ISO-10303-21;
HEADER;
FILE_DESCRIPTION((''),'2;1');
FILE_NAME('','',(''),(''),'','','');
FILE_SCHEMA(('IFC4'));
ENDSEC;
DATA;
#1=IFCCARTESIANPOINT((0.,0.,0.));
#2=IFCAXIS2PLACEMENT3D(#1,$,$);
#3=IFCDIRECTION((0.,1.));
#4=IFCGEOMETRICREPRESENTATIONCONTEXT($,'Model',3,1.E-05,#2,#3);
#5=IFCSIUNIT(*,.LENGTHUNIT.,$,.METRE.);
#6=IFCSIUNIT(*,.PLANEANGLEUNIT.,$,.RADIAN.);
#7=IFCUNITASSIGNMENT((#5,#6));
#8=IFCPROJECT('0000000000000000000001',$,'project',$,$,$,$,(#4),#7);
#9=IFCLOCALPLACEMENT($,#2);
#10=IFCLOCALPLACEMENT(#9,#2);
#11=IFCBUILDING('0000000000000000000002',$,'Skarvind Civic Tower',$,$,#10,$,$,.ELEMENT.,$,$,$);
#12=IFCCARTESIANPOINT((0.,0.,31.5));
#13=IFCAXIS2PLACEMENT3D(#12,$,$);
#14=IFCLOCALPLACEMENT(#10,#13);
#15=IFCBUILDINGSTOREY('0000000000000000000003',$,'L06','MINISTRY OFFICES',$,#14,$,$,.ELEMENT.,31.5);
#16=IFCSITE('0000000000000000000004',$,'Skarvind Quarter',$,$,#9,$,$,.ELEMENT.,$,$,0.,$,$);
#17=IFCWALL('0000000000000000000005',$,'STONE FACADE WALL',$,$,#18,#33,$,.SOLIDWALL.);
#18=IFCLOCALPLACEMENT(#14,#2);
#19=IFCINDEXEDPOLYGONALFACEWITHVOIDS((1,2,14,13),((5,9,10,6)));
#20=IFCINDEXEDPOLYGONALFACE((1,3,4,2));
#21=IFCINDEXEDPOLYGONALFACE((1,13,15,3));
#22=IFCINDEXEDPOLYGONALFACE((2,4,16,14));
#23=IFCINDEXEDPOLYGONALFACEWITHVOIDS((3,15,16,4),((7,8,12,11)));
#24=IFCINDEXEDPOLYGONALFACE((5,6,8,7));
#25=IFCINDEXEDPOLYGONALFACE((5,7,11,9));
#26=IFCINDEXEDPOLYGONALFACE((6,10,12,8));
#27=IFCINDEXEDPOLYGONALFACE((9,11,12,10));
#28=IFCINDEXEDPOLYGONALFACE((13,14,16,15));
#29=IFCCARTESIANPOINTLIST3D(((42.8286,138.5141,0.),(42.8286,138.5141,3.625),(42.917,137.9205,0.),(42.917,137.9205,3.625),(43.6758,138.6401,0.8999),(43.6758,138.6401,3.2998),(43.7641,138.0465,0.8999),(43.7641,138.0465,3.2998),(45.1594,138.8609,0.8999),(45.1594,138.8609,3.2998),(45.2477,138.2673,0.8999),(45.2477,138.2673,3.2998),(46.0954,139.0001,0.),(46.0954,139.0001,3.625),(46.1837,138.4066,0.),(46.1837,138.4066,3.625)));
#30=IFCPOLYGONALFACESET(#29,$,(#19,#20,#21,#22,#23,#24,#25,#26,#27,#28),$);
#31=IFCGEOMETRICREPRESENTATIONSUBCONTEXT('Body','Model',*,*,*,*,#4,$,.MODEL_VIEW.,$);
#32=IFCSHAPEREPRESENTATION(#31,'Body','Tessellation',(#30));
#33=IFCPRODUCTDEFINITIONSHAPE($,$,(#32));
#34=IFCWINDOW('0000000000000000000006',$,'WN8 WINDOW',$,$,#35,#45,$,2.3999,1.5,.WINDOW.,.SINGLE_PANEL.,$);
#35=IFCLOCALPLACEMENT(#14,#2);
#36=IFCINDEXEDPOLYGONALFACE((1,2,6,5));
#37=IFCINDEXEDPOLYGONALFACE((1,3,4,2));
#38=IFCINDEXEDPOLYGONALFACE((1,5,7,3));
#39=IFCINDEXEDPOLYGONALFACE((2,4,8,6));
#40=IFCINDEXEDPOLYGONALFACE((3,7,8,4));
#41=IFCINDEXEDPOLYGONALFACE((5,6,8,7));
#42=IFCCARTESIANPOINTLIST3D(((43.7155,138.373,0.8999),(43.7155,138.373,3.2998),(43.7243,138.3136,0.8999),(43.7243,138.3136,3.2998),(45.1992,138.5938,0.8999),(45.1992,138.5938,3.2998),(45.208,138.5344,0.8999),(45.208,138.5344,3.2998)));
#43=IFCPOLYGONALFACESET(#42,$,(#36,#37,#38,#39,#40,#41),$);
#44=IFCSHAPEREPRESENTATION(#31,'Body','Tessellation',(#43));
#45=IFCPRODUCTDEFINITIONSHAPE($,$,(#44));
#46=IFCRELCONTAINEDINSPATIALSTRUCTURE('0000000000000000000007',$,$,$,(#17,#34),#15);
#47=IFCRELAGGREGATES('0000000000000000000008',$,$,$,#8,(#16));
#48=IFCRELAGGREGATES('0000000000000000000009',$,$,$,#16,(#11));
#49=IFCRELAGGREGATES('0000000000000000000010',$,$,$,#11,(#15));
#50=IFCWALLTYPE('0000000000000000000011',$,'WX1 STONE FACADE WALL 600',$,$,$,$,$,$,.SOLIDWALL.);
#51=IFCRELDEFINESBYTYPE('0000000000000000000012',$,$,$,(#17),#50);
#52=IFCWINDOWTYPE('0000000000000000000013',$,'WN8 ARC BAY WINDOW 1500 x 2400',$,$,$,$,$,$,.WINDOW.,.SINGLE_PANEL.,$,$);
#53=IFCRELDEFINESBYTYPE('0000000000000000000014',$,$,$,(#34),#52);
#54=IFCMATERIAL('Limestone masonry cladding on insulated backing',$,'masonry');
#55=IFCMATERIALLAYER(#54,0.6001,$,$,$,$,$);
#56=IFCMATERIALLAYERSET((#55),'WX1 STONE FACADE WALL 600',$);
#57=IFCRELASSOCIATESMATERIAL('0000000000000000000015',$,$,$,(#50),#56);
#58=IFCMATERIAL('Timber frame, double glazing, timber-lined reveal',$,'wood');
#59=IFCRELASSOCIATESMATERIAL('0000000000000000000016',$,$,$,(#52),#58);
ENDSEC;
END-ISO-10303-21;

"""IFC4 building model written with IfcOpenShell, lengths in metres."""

from ifc_helpers import new_model, si_unit, direction, frame, frame_2d, origin, place, context, subcontext, project, spatial, rectangle, extrude, material, layer, layer_set, type_object, element, fill, save


model = new_model("IFC4")

# Units and contexts
model_context = context("Model", 3, precision=1e-05, world=origin(), true_north=direction((0.0, 1.0)))
body_context = subcontext(model_context, "Body", "Model", "MODEL_VIEW")
ifc_project = project(units=[si_unit("LENGTHUNIT", "METRE"), si_unit("PLANEANGLEUNIT", "RADIAN")], contexts=[model_context])

# Site, building, storey
site_placement = place(None, origin())
site = spatial("IfcSite", under=ifc_project, at=site_placement, Name="Skarvind Quarter", CompositionType="ELEMENT", RefElevation=0.0)
building_placement = place(site_placement, origin())
building = spatial("IfcBuilding", under=site, at=building_placement, Name="Skarvind Civic Tower", CompositionType="ELEMENT")
storey_placement = place(building_placement, frame((0.0, 0.0, 31.5)))
storey = spatial("IfcBuildingStorey", under=building, at=storey_placement, Name="L06", Description="MINISTRY OFFICES", CompositionType="ELEMENT", Elevation=31.5)

# Shared definitions
ifc_material_1 = material(Name="Limestone masonry cladding on insulated backing", Category="masonry")
ifc_layer_1 = layer(ifc_material_1, 0.6001)
ifc_layer_set_1 = layer_set([ifc_layer_1], Name="WX1 STONE FACADE WALL 600")
wall_type_1 = type_object("IfcWallType", Name="WX1 STONE FACADE WALL 600", PredefinedType="SOLIDWALL", material=ifc_layer_set_1)
ifc_material_2 = material(Name="Timber frame, double glazing, timber-lined reveal", Category="wood")

# Wall, opening, window
wall_1_placement = place(storey_placement, frame((42.8728, 138.2173, 0.0), z_axis=(0.0, 0.0, 1.0), x_axis=(0.989111, 0.147173, 0.0)))
wall_1 = element("IfcWall", 1, at=wall_1_placement, inside=storey, type_object=wall_type_1, Name="STONE FACADE WALL", PredefinedType="SOLIDWALL", context=body_context, shape_type="SweptSolid", body=[
    extrude(rectangle(XDim=3.3027, YDim=0.6001, at=frame_2d((1.6514, 0.0))), origin(), (0.0, 0.0, 1.0), 3.625),
])
opening_1_placement = place(wall_1_placement, frame((0.8564, 0.0, 0.8999)))
opening_1 = element("IfcOpeningElement", 2, at=opening_1_placement, cuts=wall_1, PredefinedType="OPENING", context=body_context, shape_type="SweptSolid", body=[
    extrude(rectangle(XDim=1.5, YDim=2.3999, at=frame_2d((0.75, 1.2))), frame((0.0, 0.3101, 0.0), z_axis=(0.0, -1.0, 0.0), x_axis=(1.0, 0.0, 0.0)), (0.0, 0.0, 1.0), 0.6201),
])
window_type_1 = type_object("IfcWindowType", Name="WN8 ARC BAY WINDOW 1500 x 2400", PartitioningType="SINGLE_PANEL", PredefinedType="WINDOW", material=ifc_material_2)
window_1_placement = place(opening_1_placement, origin())
window_1 = element("IfcWindow", 3, at=window_1_placement, inside=storey, type_object=window_type_1, Name="WN8 WINDOW", OverallHeight=2.3999, OverallWidth=1.5, PartitioningType="SINGLE_PANEL", PredefinedType="WINDOW", context=body_context, shape_type="SweptSolid", body=[
    extrude(rectangle(XDim=1.5, YDim=2.3999, at=frame_2d((0.75, 1.2))), frame((0.0, 0.03, 0.0), z_axis=(0.0, -1.0, 0.0), x_axis=(1.0, 0.0, 0.0)), (0.0, 0.0, 1.0), 0.0601),
])
fill(opening_1, window_1)

save(model, "model.ifc")
